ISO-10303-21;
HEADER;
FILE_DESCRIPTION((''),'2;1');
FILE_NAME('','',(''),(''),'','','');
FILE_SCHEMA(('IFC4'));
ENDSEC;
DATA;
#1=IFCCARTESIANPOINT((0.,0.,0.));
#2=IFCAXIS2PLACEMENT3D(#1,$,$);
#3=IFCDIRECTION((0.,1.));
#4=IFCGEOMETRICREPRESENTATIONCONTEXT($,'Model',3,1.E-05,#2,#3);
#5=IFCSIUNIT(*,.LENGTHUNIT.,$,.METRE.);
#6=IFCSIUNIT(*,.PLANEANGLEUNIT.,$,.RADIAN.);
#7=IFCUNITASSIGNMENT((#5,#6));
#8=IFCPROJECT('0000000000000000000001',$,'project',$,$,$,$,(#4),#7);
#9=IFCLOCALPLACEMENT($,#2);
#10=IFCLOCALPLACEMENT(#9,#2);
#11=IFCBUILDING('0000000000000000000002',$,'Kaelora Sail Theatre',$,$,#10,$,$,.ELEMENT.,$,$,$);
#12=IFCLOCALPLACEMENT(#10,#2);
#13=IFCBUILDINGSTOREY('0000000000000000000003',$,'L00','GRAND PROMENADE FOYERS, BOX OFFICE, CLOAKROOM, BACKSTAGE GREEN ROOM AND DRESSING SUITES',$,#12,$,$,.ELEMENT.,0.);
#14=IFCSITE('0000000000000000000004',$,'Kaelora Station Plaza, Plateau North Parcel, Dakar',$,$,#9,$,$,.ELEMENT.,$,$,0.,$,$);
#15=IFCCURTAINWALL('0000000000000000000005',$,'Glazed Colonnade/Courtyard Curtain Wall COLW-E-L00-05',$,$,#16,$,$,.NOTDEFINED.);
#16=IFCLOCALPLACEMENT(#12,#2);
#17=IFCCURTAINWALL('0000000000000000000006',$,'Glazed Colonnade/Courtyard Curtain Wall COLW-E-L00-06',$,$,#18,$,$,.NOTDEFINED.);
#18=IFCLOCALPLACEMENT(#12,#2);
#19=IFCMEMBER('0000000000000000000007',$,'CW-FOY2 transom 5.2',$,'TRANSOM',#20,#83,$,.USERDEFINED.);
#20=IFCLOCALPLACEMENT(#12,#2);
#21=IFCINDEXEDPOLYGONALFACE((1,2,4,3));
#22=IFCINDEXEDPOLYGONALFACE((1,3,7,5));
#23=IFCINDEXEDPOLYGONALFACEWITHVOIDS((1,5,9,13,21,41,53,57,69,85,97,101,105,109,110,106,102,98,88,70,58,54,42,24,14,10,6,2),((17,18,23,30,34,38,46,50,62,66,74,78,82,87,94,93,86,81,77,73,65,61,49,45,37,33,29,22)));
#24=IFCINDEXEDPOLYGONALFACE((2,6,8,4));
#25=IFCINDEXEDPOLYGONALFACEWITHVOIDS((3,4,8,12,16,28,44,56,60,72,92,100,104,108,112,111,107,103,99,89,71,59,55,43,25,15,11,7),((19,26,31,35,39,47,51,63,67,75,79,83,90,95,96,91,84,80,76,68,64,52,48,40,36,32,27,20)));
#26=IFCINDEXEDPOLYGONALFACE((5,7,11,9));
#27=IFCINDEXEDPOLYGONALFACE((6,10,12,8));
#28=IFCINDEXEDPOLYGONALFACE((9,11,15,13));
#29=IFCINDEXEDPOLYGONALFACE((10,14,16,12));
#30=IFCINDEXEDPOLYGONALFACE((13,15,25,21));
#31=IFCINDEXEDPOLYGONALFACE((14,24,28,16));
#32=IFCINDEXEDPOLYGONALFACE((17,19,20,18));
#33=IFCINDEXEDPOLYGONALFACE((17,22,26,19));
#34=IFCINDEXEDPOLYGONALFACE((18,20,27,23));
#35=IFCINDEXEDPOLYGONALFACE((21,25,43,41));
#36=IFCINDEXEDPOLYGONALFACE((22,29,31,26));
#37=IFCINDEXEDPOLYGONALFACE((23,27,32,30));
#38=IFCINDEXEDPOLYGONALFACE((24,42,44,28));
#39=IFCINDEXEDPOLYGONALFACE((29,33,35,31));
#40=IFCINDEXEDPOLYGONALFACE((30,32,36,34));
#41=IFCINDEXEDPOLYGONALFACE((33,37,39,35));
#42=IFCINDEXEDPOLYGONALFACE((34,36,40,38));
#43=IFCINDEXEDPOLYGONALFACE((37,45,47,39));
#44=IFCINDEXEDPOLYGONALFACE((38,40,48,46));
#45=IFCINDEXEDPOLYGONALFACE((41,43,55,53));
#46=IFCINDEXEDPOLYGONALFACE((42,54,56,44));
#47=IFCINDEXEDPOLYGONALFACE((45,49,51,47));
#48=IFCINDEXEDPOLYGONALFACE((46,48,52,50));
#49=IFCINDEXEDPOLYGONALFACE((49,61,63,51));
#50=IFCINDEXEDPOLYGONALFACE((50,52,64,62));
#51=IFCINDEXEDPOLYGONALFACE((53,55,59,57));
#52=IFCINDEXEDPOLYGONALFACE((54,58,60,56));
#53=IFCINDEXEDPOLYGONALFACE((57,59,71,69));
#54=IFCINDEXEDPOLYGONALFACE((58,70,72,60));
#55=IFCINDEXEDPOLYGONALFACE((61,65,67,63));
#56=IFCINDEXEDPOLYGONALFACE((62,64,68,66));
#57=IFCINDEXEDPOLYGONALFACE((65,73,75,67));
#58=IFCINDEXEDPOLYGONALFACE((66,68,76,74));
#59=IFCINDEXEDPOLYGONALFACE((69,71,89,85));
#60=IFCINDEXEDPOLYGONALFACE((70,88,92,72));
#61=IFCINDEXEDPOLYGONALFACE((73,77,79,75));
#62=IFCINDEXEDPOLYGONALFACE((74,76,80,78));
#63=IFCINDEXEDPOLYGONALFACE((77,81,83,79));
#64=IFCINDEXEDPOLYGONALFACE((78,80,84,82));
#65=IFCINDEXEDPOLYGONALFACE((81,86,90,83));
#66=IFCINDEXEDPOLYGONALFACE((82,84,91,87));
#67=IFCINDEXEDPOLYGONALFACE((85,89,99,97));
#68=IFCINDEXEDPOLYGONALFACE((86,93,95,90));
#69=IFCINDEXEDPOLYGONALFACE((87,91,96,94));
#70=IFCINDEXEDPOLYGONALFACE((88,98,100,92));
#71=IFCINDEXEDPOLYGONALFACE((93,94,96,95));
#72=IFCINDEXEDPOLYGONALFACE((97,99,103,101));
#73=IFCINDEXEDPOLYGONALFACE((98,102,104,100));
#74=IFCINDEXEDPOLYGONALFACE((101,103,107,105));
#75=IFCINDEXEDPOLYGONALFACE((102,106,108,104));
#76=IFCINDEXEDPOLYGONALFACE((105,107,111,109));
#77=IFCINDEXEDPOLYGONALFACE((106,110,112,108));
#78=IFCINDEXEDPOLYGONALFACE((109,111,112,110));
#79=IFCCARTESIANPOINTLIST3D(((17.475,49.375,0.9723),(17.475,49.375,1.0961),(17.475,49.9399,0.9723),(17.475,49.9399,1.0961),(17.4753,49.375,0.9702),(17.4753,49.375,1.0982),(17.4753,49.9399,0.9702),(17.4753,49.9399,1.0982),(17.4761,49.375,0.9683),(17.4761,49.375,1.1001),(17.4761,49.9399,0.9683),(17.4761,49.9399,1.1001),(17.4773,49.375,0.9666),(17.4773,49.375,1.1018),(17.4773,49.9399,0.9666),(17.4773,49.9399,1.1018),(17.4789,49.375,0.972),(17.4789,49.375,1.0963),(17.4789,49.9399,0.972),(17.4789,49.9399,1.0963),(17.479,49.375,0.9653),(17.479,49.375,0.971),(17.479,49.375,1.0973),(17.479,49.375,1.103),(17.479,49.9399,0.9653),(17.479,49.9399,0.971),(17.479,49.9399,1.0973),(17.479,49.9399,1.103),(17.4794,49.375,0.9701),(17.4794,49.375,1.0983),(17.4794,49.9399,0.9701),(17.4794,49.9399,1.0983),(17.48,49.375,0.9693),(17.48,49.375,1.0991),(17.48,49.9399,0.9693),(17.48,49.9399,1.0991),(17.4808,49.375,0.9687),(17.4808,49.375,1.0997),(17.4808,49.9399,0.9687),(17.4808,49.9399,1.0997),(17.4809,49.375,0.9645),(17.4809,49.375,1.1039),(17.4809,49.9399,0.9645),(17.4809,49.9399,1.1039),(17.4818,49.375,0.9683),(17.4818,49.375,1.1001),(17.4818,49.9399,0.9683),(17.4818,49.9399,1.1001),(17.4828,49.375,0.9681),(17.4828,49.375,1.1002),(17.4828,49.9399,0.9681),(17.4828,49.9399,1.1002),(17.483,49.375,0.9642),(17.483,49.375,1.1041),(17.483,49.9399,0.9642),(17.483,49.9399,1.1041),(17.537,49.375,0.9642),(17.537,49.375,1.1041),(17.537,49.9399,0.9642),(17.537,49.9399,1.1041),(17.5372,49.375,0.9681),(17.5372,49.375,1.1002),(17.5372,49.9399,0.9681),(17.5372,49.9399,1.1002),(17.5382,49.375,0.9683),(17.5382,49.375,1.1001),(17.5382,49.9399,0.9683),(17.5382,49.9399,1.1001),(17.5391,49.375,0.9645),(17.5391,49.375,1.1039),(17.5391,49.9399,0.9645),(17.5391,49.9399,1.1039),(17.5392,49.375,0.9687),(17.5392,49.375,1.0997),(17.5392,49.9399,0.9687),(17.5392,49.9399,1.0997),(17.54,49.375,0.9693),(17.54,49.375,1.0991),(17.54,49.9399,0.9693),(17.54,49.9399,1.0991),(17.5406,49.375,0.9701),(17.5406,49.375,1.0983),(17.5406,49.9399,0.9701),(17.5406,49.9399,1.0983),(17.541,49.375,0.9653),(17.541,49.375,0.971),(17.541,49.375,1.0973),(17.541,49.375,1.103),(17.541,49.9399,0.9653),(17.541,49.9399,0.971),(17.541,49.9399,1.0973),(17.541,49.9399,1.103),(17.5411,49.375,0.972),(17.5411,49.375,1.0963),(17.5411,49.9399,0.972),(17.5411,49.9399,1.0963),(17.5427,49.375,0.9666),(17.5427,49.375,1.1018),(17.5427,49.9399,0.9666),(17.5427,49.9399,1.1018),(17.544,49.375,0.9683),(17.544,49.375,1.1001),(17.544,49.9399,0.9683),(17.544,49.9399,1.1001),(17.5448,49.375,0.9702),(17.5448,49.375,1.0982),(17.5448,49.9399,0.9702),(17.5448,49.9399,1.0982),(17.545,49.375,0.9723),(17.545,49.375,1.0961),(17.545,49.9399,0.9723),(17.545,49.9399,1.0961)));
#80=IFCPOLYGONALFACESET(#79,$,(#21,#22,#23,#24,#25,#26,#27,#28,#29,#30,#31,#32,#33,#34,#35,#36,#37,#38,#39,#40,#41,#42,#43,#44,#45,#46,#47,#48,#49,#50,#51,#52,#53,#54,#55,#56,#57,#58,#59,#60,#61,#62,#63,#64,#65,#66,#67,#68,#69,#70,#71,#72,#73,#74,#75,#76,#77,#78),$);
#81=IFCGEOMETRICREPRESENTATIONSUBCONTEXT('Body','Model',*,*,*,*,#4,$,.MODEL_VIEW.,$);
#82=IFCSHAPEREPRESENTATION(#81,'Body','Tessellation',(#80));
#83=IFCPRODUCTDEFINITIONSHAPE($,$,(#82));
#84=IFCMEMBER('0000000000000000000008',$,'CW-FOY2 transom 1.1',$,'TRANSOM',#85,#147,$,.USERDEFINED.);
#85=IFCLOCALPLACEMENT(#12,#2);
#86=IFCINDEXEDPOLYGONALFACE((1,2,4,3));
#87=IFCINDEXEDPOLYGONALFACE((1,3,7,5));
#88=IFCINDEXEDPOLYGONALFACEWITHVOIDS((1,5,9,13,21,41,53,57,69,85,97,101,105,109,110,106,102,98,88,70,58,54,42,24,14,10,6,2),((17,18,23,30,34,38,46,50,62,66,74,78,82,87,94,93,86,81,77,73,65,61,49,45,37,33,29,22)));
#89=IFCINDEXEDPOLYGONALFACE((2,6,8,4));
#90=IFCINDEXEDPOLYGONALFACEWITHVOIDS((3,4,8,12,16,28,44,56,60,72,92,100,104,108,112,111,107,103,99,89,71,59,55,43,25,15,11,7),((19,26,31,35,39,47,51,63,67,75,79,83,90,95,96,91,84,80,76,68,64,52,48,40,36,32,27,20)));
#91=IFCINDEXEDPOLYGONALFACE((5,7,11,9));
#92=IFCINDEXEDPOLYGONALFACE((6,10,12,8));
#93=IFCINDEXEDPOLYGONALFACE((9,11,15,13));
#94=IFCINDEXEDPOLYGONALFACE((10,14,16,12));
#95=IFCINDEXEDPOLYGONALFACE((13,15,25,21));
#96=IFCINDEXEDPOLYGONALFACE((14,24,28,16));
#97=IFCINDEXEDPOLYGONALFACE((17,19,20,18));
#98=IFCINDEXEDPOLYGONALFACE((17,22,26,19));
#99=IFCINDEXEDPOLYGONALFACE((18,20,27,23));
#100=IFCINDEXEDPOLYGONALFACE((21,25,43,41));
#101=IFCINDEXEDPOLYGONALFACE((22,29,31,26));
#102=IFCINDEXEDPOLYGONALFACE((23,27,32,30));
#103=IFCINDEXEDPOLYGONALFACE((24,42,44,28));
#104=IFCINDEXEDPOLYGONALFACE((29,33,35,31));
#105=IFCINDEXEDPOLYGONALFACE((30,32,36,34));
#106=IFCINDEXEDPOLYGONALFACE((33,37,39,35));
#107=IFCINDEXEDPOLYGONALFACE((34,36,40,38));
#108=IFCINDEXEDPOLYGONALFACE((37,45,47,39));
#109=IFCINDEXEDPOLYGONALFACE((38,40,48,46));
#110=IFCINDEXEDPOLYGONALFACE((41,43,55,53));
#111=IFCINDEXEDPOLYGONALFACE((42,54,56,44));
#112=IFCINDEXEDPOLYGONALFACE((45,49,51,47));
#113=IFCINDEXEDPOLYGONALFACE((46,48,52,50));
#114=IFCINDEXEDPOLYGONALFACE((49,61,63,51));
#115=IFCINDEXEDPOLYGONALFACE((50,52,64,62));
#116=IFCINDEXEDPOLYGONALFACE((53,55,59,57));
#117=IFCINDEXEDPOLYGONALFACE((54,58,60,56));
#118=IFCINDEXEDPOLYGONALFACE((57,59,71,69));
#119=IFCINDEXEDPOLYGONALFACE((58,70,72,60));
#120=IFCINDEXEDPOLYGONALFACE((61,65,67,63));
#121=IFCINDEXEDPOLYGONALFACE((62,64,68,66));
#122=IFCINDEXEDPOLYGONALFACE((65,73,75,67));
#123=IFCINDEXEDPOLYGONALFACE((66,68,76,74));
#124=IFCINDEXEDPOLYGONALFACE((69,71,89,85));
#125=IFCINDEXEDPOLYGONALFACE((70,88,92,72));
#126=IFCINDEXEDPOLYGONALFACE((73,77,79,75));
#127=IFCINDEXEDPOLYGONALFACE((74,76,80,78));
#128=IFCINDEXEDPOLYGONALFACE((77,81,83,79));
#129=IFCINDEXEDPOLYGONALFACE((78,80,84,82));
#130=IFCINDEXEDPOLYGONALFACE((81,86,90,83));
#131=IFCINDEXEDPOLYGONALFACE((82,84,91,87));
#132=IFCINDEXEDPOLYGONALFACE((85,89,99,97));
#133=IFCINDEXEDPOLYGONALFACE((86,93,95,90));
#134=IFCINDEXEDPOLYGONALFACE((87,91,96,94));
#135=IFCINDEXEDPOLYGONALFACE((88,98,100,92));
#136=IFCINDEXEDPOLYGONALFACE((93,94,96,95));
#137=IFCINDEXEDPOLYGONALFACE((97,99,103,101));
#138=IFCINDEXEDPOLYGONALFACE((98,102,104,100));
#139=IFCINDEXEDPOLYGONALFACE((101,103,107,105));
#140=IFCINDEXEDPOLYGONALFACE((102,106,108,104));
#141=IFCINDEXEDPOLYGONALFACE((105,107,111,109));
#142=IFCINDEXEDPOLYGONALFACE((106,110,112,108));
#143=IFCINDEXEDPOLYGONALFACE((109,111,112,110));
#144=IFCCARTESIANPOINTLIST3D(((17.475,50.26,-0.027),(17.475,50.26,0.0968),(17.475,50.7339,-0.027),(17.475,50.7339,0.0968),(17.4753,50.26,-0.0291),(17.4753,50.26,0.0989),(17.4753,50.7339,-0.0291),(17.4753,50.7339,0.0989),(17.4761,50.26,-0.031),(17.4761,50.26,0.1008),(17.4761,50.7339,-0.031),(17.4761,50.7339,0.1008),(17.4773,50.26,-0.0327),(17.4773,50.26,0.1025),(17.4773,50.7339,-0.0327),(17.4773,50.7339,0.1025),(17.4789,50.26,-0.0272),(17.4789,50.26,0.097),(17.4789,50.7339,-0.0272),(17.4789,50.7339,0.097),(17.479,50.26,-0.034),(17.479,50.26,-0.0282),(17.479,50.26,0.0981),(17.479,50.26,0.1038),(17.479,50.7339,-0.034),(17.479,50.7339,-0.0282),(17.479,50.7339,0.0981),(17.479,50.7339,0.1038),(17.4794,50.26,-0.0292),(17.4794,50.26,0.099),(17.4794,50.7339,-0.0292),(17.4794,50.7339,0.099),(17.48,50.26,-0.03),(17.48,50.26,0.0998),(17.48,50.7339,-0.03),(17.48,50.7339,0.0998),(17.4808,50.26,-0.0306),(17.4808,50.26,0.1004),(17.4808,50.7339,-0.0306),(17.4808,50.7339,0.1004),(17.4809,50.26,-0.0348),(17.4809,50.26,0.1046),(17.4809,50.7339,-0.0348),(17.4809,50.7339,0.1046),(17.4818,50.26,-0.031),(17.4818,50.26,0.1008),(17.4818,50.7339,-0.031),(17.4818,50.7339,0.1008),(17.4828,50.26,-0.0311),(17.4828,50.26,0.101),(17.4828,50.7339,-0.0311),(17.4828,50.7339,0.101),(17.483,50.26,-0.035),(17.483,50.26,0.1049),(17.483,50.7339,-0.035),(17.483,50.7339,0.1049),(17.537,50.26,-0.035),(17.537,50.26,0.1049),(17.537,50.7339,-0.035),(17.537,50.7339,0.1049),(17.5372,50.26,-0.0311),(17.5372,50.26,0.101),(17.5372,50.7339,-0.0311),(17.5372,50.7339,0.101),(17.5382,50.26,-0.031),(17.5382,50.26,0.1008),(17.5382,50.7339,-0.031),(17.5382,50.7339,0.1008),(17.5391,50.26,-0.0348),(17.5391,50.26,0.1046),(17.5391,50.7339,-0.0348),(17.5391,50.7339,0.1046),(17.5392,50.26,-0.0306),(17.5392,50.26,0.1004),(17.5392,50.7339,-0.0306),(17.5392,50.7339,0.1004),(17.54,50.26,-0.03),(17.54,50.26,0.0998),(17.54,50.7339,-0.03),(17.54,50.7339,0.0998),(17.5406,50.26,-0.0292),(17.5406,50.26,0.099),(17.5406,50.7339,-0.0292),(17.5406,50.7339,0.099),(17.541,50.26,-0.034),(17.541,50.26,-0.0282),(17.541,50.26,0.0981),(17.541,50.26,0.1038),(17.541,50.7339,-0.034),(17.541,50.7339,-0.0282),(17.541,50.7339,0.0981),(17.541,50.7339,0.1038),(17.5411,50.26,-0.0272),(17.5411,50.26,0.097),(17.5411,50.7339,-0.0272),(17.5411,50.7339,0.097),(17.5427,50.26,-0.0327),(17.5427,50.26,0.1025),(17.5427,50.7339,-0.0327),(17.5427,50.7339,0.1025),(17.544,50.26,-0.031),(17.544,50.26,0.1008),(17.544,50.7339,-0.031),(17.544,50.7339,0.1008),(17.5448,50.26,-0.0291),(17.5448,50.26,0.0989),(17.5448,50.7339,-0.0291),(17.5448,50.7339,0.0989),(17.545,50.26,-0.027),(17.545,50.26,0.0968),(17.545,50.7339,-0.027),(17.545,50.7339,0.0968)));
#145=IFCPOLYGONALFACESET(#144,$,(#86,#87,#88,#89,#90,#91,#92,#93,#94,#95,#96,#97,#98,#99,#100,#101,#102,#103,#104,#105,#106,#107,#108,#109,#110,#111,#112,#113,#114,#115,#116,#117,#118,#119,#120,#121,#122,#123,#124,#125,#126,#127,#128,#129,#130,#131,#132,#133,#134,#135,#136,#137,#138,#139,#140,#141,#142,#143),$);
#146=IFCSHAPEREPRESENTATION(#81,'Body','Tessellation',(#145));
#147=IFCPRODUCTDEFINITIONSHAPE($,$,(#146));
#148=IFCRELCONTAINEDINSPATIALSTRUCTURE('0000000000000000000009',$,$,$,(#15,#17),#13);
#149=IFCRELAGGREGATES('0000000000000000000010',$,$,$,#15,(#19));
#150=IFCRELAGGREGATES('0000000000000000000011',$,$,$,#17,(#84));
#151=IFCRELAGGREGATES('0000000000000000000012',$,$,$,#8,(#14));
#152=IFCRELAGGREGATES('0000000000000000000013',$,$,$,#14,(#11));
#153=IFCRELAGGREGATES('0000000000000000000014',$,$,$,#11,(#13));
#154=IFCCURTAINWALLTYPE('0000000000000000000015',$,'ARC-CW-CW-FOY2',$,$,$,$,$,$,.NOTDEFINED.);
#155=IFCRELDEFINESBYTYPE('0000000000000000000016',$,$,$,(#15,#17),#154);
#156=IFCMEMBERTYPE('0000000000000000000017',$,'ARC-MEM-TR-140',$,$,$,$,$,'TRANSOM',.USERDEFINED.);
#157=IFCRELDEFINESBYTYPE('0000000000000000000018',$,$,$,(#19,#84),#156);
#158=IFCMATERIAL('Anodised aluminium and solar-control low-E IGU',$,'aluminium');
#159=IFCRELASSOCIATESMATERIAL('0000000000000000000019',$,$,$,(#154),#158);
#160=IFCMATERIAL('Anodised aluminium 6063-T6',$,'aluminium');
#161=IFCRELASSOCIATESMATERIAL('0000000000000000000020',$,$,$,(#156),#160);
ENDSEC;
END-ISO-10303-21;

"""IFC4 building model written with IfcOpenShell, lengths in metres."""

from ifc_helpers import new_model, si_unit, direction, frame, origin, origin_2d, place, context, subcontext, project, spatial, hollow_rectangle, extrude, material, material_profile, profile_set, type_object, element, aggregate, save


model = new_model("IFC4")

# Units and contexts
model_context = context("Model", 3, precision=1e-05, world=origin(), true_north=direction((0.0, 1.0)))
body_context = subcontext(model_context, "Body", "Model", "MODEL_VIEW")
ifc_project = project(units=[si_unit("LENGTHUNIT", "METRE"), si_unit("PLANEANGLEUNIT", "RADIAN")], contexts=[model_context])

# Site, building, storey
site_placement = place(None, origin())
site = spatial("IfcSite", under=ifc_project, at=site_placement, Name="Kaelora Station Plaza, Plateau North Parcel, Dakar", CompositionType="ELEMENT", RefElevation=0.0)
building_placement = place(site_placement, origin())
building = spatial("IfcBuilding", under=site, at=building_placement, Name="Kaelora Sail Theatre", CompositionType="ELEMENT")
storey_placement = place(building_placement, origin())
storey = spatial("IfcBuildingStorey", under=building, at=storey_placement, Name="L00", Description="GRAND PROMENADE FOYERS, BOX OFFICE, CLOAKROOM, BACKSTAGE GREEN ROOM AND DRESSING SUITES", CompositionType="ELEMENT", Elevation=0.0)

# Curtain walls
ifc_material_1 = material(Name="Anodised aluminium and solar-control low-E IGU", Category="aluminium")
curtain_wall_type = type_object("IfcCurtainWallType", Name="ARC-CW-CW-FOY2", PredefinedType="NOTDEFINED", material=ifc_material_1)
curtain_wall_1_placement = place(storey_placement, origin())
curtain_wall_1 = element("IfcCurtainWall", 1, at=curtain_wall_1_placement, inside=storey, type_object=curtain_wall_type, Name="Glazed Colonnade/Courtyard Curtain Wall COLW-E-L00-05", PredefinedType="NOTDEFINED")
curtain_wall_2_placement = place(storey_placement, origin())
curtain_wall_2 = element("IfcCurtainWall", 2, at=curtain_wall_2_placement, inside=storey, type_object=curtain_wall_type, Name="Glazed Colonnade/Courtyard Curtain Wall COLW-E-L00-06", PredefinedType="NOTDEFINED")

# Members
ifc_material_2 = material(Name="Anodised aluminium 6063-T6", Category="aluminium")
ifc_material_profile_1 = material_profile(ifc_material_2, hollow_rectangle(XDim=0.0701, YDim=0.1399, WallThickness=0.0039, InnerFilletRadius=0.0039, OuterFilletRadius=0.0081, at=origin_2d()), Name="ALU-TRAN 70x140x4")
ifc_profile_set_1 = profile_set([ifc_material_profile_1], Name="Anodised aluminium 6063-T6")
member_type_1 = type_object("IfcMemberType", Name="ARC-MEM-TR-140", ElementType="TRANSOM", PredefinedType="USERDEFINED", material=ifc_profile_set_1)
member_1_placement = place(storey_placement, frame((17.51, 49.375, 1.0342), z_axis=(0.0, 1.0, 0.0), x_axis=(-1.0, 0.0, 0.0)))
member_1 = element("IfcMember", 3, at=member_1_placement, type_object=member_type_1, Name="CW-FOY2 transom 5.2", ObjectType="TRANSOM", PredefinedType="USERDEFINED", context=body_context, shape_type="SweptSolid", body=[
    extrude(hollow_rectangle(XDim=0.0701, YDim=0.1399, WallThickness=0.0039, InnerFilletRadius=0.0039, OuterFilletRadius=0.0081, at=origin_2d()), origin(), (0.0, 0.0, 1.0), 0.5649),
])
member_2_placement = place(storey_placement, frame((17.51, 50.26, 0.0349), z_axis=(0.0, 1.0, 0.0), x_axis=(-1.0, 0.0, 0.0)))
member_2 = element("IfcMember", 4, at=member_2_placement, type_object=member_type_1, Name="CW-FOY2 transom 1.1", ObjectType="TRANSOM", PredefinedType="USERDEFINED", context=body_context, shape_type="SweptSolid", body=[
    extrude(hollow_rectangle(XDim=0.0701, YDim=0.1399, WallThickness=0.0039, InnerFilletRadius=0.0039, OuterFilletRadius=0.0081, at=origin_2d()), origin(), (0.0, 0.0, 1.0), 0.4739),
])

aggregate(curtain_wall_1, [member_1])
aggregate(curtain_wall_2, [member_2])

save(model, "model.ifc")
